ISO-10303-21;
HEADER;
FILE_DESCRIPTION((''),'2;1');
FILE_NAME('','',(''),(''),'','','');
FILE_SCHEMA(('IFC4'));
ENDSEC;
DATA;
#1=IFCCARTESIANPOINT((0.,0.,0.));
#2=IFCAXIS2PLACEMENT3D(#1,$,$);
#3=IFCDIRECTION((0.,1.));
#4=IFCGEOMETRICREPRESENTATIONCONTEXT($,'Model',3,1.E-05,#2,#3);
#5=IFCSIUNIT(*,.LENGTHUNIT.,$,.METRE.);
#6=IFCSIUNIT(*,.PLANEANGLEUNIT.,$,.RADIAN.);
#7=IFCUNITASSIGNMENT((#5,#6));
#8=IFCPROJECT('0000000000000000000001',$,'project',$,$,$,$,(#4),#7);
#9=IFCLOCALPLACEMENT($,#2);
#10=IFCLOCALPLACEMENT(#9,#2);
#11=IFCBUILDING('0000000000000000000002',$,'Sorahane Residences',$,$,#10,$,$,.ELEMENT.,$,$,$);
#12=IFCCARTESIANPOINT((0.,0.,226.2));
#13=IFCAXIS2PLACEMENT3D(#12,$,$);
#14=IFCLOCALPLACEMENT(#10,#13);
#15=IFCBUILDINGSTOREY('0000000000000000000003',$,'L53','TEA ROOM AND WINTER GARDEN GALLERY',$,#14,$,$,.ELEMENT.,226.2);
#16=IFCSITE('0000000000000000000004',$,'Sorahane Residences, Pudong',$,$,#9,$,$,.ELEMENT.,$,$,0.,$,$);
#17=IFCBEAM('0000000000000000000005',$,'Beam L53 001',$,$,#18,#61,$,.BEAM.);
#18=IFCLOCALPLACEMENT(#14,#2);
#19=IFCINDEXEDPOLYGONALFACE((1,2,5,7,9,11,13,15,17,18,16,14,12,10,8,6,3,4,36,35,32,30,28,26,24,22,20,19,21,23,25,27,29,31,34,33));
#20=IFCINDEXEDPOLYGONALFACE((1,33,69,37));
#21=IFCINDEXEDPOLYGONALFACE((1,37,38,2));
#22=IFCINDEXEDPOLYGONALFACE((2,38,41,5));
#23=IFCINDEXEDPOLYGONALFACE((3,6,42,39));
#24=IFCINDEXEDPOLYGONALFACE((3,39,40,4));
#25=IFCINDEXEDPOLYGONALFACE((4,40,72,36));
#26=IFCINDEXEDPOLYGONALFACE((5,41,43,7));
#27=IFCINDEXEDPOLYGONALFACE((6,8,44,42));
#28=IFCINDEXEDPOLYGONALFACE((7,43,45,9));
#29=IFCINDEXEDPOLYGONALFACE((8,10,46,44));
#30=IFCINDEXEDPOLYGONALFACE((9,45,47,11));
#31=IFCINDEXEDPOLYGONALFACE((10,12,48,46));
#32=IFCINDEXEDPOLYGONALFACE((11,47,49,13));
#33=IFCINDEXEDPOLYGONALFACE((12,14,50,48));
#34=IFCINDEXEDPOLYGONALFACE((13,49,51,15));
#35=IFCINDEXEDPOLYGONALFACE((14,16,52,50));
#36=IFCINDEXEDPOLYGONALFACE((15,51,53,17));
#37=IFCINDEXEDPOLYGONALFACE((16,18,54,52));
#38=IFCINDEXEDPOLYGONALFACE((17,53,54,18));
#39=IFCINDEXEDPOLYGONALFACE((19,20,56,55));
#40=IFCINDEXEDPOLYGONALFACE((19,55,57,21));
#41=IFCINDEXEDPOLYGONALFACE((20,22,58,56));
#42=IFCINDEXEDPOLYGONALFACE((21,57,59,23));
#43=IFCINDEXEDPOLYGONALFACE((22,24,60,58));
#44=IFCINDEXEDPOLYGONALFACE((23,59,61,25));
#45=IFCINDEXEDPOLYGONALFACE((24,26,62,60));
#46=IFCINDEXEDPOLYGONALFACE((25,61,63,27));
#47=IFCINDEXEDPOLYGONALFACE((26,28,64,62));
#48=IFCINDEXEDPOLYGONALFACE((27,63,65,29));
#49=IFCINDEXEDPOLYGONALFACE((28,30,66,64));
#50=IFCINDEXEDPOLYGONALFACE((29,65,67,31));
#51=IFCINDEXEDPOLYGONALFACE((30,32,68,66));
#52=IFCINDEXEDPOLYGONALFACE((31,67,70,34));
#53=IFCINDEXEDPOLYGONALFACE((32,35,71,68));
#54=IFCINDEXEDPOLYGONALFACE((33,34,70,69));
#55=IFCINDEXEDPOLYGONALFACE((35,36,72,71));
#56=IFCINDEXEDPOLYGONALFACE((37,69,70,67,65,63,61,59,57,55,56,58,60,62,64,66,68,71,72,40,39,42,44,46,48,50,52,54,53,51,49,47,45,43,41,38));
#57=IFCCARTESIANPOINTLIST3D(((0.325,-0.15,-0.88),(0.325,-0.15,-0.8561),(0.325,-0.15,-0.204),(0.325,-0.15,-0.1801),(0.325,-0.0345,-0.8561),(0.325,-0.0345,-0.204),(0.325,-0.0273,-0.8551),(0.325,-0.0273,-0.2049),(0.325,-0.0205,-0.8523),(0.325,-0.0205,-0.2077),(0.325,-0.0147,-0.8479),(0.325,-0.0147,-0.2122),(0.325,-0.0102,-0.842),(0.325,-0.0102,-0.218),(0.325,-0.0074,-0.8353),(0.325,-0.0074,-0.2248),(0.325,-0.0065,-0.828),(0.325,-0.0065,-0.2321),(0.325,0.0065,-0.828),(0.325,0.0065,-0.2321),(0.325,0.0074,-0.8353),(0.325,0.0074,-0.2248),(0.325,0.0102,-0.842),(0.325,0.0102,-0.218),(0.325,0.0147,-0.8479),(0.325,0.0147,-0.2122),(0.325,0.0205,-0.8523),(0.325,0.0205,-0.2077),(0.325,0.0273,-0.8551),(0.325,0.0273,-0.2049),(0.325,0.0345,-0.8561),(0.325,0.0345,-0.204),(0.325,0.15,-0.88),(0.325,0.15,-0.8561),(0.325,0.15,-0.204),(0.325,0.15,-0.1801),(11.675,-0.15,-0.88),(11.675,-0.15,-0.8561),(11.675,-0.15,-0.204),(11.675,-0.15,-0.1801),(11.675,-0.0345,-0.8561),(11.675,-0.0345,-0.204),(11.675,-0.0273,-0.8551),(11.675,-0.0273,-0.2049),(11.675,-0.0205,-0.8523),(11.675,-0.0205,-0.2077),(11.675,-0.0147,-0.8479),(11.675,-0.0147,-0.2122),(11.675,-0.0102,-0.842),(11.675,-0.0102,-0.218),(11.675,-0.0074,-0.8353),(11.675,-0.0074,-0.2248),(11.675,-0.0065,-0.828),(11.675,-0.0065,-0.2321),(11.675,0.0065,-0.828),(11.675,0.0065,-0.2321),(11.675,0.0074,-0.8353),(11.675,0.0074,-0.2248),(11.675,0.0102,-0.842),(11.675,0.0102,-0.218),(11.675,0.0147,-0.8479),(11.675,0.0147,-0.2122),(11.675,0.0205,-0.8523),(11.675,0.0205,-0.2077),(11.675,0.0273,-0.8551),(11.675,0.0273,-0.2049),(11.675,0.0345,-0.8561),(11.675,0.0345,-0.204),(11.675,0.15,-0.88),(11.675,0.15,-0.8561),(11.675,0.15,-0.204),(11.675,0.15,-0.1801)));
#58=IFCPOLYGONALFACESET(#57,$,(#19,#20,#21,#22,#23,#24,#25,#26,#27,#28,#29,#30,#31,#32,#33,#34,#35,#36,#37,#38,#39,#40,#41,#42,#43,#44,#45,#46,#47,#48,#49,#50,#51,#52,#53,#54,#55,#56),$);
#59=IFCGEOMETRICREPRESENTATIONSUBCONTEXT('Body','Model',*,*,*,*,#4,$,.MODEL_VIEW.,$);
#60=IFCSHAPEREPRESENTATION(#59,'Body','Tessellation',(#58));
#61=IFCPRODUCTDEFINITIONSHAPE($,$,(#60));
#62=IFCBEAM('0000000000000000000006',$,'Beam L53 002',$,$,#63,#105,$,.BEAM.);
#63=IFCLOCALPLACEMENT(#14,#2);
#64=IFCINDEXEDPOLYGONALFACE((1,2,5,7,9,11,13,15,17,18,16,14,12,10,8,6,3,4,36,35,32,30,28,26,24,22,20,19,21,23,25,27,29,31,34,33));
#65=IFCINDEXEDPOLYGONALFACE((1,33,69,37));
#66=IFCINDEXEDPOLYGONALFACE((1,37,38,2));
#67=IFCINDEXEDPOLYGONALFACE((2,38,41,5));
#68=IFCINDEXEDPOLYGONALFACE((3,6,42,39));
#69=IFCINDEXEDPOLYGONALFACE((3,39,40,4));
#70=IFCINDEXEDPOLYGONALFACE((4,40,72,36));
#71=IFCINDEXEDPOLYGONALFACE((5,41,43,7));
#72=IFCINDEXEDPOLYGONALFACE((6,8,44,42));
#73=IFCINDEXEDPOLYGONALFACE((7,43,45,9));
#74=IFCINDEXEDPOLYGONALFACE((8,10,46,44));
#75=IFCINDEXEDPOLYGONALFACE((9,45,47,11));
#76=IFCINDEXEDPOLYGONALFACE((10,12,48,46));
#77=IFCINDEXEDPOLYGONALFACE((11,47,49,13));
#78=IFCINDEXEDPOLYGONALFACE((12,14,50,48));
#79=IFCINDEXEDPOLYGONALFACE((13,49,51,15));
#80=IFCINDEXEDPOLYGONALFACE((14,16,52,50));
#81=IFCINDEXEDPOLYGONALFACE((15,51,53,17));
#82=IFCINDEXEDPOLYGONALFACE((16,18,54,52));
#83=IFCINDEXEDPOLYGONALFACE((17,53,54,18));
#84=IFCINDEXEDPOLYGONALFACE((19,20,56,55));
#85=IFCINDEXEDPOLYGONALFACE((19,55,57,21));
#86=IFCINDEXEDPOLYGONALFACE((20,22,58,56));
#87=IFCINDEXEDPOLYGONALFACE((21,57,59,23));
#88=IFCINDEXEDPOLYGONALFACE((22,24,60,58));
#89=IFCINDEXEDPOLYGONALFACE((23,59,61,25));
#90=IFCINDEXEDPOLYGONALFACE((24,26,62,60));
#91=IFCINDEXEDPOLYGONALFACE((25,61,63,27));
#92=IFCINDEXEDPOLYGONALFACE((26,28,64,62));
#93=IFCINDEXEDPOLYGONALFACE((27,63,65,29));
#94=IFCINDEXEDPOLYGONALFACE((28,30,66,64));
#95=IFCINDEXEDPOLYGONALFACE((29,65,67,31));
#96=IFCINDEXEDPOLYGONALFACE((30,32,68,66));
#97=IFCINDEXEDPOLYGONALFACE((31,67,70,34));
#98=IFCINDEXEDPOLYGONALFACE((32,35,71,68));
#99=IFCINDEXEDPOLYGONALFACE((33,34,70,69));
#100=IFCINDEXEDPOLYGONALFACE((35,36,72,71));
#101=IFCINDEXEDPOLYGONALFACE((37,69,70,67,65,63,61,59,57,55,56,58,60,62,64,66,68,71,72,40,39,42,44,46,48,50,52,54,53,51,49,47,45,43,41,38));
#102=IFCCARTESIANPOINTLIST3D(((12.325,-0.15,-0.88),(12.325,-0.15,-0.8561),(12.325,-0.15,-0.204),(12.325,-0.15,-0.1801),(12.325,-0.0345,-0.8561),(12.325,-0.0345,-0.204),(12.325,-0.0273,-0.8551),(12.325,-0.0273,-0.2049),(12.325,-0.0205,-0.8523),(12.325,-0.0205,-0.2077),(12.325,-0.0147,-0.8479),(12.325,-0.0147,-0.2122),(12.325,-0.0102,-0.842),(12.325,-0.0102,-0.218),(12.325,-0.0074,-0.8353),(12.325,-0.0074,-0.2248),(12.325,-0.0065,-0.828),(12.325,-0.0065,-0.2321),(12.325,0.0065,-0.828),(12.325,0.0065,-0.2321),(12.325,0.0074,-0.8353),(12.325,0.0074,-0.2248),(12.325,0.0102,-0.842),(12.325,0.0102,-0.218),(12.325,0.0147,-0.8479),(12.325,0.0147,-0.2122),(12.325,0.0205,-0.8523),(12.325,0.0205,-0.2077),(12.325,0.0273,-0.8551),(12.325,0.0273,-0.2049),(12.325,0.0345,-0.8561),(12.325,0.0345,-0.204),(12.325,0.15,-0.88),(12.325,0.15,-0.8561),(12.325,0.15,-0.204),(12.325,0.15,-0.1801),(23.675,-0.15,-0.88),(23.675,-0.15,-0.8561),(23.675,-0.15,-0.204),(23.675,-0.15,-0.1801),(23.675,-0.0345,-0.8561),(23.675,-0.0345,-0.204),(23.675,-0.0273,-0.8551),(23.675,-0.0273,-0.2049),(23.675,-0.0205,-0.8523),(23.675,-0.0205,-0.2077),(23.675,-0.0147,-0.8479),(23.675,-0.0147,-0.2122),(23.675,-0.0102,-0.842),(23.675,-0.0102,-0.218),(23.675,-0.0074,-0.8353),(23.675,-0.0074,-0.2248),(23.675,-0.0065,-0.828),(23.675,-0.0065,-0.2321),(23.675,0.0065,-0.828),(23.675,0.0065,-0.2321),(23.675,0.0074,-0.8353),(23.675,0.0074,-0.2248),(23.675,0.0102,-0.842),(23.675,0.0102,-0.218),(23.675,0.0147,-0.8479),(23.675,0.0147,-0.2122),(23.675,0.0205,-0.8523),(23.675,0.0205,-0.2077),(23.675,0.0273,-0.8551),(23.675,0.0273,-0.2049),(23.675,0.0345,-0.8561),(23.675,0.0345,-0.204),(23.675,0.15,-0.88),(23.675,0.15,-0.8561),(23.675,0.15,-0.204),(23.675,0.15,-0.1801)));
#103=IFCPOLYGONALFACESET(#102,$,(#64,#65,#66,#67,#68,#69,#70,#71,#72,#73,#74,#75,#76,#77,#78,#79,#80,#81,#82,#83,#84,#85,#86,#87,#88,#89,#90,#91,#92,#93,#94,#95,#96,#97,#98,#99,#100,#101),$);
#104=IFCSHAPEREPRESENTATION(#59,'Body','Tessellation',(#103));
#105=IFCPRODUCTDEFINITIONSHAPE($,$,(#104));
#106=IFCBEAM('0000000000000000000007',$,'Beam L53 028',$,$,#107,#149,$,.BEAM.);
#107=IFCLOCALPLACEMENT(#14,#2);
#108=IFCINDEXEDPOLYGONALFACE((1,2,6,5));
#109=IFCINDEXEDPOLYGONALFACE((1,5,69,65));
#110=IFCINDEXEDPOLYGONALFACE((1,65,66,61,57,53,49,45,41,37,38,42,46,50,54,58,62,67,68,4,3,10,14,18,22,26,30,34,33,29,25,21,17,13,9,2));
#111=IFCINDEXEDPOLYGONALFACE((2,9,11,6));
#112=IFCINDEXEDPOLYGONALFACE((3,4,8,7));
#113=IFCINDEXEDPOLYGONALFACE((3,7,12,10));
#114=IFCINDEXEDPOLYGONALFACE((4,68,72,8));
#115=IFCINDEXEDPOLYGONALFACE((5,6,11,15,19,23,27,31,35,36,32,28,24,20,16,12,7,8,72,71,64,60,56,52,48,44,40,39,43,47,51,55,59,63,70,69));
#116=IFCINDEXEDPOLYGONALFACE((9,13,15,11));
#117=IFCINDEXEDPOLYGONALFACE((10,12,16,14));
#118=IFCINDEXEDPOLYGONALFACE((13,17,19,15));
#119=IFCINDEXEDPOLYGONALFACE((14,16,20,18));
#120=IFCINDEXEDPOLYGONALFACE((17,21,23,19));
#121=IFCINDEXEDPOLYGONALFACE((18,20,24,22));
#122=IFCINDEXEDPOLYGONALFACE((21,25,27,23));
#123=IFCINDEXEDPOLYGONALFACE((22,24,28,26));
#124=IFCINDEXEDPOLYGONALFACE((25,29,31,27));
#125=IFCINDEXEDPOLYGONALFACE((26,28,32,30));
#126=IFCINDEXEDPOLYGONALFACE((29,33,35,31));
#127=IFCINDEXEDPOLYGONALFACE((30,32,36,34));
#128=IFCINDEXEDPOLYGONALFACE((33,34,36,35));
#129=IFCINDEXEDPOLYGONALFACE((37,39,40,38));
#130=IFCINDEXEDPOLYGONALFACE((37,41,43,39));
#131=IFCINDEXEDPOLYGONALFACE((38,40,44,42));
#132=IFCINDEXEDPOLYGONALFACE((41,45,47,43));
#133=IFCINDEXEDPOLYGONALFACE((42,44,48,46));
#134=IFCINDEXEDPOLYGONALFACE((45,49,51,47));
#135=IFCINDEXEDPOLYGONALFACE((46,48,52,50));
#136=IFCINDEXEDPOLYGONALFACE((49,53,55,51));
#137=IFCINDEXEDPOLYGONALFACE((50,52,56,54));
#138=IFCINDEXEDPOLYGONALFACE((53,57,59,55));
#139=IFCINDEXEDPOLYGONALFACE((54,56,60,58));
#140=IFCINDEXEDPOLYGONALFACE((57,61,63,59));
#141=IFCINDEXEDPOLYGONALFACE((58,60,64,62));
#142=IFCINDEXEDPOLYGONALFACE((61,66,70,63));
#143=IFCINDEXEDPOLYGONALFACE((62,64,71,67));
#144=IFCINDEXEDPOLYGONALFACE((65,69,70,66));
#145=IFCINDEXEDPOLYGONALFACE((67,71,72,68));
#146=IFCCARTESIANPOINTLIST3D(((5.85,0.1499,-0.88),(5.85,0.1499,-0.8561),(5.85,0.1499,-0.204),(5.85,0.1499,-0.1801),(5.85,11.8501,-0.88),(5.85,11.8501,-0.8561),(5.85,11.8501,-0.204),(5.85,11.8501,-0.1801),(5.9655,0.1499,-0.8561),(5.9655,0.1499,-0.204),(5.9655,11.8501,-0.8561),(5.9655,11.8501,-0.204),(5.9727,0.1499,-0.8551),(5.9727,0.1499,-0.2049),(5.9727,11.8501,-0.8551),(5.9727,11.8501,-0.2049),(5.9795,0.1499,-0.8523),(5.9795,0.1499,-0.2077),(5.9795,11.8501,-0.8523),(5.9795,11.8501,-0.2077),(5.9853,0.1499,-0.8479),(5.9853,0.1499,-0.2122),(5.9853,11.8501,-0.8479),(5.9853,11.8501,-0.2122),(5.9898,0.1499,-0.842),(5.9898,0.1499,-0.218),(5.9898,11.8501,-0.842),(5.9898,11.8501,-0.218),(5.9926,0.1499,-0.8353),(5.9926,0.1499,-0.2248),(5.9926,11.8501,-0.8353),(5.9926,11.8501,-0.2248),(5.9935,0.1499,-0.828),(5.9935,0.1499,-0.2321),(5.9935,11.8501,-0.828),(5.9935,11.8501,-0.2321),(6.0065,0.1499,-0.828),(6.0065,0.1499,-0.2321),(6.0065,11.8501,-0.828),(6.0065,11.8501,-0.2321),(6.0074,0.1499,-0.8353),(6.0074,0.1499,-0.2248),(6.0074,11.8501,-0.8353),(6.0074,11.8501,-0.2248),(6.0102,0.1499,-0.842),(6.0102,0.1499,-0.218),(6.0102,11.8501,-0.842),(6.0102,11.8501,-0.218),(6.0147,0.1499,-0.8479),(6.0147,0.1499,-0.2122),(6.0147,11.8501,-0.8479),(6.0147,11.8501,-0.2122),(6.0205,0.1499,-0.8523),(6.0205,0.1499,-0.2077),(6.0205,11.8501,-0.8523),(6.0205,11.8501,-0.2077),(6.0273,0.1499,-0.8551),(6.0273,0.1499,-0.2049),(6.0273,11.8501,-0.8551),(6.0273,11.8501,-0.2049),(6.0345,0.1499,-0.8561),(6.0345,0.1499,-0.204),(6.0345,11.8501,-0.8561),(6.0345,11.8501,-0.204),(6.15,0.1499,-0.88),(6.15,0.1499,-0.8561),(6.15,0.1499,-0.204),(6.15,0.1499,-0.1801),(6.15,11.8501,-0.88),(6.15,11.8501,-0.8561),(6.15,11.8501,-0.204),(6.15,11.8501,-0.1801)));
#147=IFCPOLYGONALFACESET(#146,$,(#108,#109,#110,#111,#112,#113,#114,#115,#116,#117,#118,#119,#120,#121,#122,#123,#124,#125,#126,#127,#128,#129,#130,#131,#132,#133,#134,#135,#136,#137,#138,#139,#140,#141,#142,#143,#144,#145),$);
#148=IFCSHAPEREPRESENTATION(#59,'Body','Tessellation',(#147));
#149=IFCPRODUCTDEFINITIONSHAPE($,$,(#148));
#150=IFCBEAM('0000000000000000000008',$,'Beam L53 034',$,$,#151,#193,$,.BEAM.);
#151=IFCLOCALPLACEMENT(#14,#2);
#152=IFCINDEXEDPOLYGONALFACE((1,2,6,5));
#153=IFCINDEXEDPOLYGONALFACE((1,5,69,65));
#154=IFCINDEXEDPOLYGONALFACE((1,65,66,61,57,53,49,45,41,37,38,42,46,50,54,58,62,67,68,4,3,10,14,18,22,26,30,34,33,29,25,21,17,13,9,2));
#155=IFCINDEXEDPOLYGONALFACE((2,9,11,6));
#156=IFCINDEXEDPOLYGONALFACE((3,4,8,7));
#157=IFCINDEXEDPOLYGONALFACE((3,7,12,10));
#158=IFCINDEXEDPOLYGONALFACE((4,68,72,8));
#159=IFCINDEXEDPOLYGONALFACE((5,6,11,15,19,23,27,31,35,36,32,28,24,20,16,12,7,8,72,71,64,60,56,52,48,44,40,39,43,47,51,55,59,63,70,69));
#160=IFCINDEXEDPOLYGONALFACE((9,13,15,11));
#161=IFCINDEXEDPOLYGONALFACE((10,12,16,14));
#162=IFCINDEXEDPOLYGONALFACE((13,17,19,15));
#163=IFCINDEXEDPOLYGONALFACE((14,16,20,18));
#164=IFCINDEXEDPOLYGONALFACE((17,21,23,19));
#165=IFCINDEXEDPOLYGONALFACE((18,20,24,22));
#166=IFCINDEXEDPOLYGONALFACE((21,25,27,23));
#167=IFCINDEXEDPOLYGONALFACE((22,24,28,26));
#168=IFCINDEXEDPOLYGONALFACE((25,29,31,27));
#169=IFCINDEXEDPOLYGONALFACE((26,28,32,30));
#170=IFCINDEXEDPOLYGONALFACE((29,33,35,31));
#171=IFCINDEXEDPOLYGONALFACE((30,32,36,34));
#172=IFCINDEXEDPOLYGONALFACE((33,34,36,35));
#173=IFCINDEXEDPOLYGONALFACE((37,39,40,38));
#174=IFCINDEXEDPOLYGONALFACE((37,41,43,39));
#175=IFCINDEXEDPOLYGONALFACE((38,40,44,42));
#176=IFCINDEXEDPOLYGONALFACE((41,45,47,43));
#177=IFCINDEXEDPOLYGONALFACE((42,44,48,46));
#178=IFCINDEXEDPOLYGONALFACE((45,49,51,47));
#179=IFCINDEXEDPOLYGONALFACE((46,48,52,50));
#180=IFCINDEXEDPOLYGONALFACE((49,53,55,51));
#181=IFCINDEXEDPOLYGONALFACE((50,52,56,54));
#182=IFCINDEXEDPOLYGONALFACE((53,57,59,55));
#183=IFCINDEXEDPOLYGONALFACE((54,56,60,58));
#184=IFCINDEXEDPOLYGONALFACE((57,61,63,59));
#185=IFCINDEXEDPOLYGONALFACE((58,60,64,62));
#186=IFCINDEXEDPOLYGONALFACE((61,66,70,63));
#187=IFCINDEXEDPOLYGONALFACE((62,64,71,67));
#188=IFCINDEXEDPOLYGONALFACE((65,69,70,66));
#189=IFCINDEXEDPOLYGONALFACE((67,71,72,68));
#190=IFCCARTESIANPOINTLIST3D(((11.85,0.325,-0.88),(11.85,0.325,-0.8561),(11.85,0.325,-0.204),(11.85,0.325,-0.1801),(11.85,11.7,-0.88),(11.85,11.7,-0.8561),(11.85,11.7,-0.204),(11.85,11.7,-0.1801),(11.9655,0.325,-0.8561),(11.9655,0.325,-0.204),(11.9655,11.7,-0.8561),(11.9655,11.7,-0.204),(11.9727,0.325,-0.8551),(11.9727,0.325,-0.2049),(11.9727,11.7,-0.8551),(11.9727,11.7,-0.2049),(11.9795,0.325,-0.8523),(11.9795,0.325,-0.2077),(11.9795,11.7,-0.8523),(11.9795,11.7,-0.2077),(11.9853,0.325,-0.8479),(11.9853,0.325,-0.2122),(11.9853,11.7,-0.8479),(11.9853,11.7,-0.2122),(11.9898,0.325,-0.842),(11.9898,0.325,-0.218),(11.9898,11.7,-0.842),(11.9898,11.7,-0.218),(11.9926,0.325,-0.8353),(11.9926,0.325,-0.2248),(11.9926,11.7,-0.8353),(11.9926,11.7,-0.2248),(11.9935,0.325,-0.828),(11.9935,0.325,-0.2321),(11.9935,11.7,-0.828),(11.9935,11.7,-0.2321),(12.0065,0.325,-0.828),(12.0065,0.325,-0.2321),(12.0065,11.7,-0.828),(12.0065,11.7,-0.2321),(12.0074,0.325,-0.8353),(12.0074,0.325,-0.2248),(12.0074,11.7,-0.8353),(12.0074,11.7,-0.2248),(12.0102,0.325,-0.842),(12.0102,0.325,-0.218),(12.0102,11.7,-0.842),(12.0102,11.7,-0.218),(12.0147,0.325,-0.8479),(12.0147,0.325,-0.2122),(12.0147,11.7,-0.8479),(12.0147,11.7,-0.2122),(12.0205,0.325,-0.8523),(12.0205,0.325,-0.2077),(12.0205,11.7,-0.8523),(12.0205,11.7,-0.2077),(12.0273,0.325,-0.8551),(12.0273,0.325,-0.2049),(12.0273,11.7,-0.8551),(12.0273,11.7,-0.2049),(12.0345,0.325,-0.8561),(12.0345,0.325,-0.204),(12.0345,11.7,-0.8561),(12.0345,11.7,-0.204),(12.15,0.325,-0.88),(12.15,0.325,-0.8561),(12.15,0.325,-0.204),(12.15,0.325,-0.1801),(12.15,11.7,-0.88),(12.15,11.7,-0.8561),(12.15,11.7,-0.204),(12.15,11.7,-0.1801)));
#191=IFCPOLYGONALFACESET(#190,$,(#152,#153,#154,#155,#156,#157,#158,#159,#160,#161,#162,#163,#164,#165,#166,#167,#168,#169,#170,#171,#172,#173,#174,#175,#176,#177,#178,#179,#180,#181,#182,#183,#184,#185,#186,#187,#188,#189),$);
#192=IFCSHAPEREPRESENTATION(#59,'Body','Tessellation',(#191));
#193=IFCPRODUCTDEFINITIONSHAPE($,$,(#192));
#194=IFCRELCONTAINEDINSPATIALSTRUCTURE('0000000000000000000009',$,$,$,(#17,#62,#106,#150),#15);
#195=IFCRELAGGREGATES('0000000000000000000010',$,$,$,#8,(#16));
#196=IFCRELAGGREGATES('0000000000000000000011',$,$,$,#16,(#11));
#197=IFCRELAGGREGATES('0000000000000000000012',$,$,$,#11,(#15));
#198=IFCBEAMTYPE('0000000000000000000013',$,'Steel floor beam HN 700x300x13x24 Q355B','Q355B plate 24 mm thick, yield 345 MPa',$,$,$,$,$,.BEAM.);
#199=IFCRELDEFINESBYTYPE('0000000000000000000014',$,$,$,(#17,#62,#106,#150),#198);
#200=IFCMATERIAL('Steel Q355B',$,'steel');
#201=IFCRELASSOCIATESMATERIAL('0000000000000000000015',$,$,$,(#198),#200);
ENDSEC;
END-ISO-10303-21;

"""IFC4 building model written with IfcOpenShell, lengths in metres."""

from ifc_helpers import new_model, si_unit, direction, frame, origin, origin_2d, place, context, subcontext, project, spatial, i_section, extrude, material, material_profile, profile_set, type_object, element, save


model = new_model("IFC4")

# Units and contexts
model_context = context("Model", 3, precision=1e-05, world=origin(), true_north=direction((0.0, 1.0)))
body_context = subcontext(model_context, "Body", "Model", "MODEL_VIEW")
ifc_project = project(units=[si_unit("LENGTHUNIT", "METRE"), si_unit("PLANEANGLEUNIT", "RADIAN")], contexts=[model_context])

# Site, building, storey
site_placement = place(None, origin())
site = spatial("IfcSite", under=ifc_project, at=site_placement, Name="Sorahane Residences, Pudong", CompositionType="ELEMENT", RefElevation=0.0)
building_placement = place(site_placement, origin())
building = spatial("IfcBuilding", under=site, at=building_placement, Name="Sorahane Residences", CompositionType="ELEMENT")
storey_placement = place(building_placement, frame((0.0, 0.0, 226.2)))
storey = spatial("IfcBuildingStorey", under=building, at=storey_placement, Name="L53", Description="TEA ROOM AND WINTER GARDEN GALLERY", CompositionType="ELEMENT", Elevation=226.2)

# Beams
ifc_material_1 = material(Name="Steel Q355B", Category="steel")
ifc_material_profile_1 = material_profile(ifc_material_1, i_section(OverallWidth=0.3, OverallDepth=0.7, WebThickness=0.0129, FlangeThickness=0.0239, FilletRadius=0.0281, at=origin_2d()), Name="HN 700x300x13x24")
ifc_profile_set_1 = profile_set([ifc_material_profile_1], Name="Steel Q355B")
beam_type_1 = type_object("IfcBeamType", Name="Steel floor beam HN 700x300x13x24 Q355B", Description="Q355B plate 24 mm thick, yield 345 MPa", PredefinedType="BEAM", material=ifc_profile_set_1)
for number, where, z_axis, x_axis, name in (
    (1, (0.325, 0.0, -0.53), (1.0, 0.0, 0.0), (0.0, 1.0, 0.0), "Beam L53 001"),
    (2, (12.325, 0.0, -0.53), (1.0, 0.0, 0.0), (0.0, 1.0, 0.0), "Beam L53 002"),
):
    element("IfcBeam", number, at=place(storey_placement, frame(where, z_axis=z_axis, x_axis=x_axis)), inside=storey, type_object=beam_type_1, Name=name, PredefinedType="BEAM", context=body_context, shape_type="SweptSolid", body=[
        extrude(i_section(OverallWidth=0.3, OverallDepth=0.7, WebThickness=0.0129, FlangeThickness=0.0239, FilletRadius=0.0281, at=origin_2d()), origin(), (0.0, 0.0, 1.0), 11.3501),
    ])
beam_1_placement = place(storey_placement, frame((6.0, 0.1499, -0.53), z_axis=(0.0, 1.0, 0.0), x_axis=(-1.0, 0.0, 0.0)))
element("IfcBeam", 3, at=beam_1_placement, inside=storey, type_object=beam_type_1, Name="Beam L53 028", PredefinedType="BEAM", context=body_context, shape_type="SweptSolid", body=[
    extrude(i_section(OverallWidth=0.3, OverallDepth=0.7, WebThickness=0.0129, FlangeThickness=0.0239, FilletRadius=0.0281, at=origin_2d()), origin(), (0.0, 0.0, 1.0), 11.7002),
])
beam_2_placement = place(storey_placement, frame((12.0, 0.325, -0.53), z_axis=(0.0, 1.0, 0.0), x_axis=(-1.0, 0.0, 0.0)))
element("IfcBeam", 4, at=beam_2_placement, inside=storey, type_object=beam_type_1, Name="Beam L53 034", PredefinedType="BEAM", context=body_context, shape_type="SweptSolid", body=[
    extrude(i_section(OverallWidth=0.3, OverallDepth=0.7, WebThickness=0.0129, FlangeThickness=0.0239, FilletRadius=0.0281, at=origin_2d()), origin(), (0.0, 0.0, 1.0), 11.375),
])

save(model, "model.ifc")
